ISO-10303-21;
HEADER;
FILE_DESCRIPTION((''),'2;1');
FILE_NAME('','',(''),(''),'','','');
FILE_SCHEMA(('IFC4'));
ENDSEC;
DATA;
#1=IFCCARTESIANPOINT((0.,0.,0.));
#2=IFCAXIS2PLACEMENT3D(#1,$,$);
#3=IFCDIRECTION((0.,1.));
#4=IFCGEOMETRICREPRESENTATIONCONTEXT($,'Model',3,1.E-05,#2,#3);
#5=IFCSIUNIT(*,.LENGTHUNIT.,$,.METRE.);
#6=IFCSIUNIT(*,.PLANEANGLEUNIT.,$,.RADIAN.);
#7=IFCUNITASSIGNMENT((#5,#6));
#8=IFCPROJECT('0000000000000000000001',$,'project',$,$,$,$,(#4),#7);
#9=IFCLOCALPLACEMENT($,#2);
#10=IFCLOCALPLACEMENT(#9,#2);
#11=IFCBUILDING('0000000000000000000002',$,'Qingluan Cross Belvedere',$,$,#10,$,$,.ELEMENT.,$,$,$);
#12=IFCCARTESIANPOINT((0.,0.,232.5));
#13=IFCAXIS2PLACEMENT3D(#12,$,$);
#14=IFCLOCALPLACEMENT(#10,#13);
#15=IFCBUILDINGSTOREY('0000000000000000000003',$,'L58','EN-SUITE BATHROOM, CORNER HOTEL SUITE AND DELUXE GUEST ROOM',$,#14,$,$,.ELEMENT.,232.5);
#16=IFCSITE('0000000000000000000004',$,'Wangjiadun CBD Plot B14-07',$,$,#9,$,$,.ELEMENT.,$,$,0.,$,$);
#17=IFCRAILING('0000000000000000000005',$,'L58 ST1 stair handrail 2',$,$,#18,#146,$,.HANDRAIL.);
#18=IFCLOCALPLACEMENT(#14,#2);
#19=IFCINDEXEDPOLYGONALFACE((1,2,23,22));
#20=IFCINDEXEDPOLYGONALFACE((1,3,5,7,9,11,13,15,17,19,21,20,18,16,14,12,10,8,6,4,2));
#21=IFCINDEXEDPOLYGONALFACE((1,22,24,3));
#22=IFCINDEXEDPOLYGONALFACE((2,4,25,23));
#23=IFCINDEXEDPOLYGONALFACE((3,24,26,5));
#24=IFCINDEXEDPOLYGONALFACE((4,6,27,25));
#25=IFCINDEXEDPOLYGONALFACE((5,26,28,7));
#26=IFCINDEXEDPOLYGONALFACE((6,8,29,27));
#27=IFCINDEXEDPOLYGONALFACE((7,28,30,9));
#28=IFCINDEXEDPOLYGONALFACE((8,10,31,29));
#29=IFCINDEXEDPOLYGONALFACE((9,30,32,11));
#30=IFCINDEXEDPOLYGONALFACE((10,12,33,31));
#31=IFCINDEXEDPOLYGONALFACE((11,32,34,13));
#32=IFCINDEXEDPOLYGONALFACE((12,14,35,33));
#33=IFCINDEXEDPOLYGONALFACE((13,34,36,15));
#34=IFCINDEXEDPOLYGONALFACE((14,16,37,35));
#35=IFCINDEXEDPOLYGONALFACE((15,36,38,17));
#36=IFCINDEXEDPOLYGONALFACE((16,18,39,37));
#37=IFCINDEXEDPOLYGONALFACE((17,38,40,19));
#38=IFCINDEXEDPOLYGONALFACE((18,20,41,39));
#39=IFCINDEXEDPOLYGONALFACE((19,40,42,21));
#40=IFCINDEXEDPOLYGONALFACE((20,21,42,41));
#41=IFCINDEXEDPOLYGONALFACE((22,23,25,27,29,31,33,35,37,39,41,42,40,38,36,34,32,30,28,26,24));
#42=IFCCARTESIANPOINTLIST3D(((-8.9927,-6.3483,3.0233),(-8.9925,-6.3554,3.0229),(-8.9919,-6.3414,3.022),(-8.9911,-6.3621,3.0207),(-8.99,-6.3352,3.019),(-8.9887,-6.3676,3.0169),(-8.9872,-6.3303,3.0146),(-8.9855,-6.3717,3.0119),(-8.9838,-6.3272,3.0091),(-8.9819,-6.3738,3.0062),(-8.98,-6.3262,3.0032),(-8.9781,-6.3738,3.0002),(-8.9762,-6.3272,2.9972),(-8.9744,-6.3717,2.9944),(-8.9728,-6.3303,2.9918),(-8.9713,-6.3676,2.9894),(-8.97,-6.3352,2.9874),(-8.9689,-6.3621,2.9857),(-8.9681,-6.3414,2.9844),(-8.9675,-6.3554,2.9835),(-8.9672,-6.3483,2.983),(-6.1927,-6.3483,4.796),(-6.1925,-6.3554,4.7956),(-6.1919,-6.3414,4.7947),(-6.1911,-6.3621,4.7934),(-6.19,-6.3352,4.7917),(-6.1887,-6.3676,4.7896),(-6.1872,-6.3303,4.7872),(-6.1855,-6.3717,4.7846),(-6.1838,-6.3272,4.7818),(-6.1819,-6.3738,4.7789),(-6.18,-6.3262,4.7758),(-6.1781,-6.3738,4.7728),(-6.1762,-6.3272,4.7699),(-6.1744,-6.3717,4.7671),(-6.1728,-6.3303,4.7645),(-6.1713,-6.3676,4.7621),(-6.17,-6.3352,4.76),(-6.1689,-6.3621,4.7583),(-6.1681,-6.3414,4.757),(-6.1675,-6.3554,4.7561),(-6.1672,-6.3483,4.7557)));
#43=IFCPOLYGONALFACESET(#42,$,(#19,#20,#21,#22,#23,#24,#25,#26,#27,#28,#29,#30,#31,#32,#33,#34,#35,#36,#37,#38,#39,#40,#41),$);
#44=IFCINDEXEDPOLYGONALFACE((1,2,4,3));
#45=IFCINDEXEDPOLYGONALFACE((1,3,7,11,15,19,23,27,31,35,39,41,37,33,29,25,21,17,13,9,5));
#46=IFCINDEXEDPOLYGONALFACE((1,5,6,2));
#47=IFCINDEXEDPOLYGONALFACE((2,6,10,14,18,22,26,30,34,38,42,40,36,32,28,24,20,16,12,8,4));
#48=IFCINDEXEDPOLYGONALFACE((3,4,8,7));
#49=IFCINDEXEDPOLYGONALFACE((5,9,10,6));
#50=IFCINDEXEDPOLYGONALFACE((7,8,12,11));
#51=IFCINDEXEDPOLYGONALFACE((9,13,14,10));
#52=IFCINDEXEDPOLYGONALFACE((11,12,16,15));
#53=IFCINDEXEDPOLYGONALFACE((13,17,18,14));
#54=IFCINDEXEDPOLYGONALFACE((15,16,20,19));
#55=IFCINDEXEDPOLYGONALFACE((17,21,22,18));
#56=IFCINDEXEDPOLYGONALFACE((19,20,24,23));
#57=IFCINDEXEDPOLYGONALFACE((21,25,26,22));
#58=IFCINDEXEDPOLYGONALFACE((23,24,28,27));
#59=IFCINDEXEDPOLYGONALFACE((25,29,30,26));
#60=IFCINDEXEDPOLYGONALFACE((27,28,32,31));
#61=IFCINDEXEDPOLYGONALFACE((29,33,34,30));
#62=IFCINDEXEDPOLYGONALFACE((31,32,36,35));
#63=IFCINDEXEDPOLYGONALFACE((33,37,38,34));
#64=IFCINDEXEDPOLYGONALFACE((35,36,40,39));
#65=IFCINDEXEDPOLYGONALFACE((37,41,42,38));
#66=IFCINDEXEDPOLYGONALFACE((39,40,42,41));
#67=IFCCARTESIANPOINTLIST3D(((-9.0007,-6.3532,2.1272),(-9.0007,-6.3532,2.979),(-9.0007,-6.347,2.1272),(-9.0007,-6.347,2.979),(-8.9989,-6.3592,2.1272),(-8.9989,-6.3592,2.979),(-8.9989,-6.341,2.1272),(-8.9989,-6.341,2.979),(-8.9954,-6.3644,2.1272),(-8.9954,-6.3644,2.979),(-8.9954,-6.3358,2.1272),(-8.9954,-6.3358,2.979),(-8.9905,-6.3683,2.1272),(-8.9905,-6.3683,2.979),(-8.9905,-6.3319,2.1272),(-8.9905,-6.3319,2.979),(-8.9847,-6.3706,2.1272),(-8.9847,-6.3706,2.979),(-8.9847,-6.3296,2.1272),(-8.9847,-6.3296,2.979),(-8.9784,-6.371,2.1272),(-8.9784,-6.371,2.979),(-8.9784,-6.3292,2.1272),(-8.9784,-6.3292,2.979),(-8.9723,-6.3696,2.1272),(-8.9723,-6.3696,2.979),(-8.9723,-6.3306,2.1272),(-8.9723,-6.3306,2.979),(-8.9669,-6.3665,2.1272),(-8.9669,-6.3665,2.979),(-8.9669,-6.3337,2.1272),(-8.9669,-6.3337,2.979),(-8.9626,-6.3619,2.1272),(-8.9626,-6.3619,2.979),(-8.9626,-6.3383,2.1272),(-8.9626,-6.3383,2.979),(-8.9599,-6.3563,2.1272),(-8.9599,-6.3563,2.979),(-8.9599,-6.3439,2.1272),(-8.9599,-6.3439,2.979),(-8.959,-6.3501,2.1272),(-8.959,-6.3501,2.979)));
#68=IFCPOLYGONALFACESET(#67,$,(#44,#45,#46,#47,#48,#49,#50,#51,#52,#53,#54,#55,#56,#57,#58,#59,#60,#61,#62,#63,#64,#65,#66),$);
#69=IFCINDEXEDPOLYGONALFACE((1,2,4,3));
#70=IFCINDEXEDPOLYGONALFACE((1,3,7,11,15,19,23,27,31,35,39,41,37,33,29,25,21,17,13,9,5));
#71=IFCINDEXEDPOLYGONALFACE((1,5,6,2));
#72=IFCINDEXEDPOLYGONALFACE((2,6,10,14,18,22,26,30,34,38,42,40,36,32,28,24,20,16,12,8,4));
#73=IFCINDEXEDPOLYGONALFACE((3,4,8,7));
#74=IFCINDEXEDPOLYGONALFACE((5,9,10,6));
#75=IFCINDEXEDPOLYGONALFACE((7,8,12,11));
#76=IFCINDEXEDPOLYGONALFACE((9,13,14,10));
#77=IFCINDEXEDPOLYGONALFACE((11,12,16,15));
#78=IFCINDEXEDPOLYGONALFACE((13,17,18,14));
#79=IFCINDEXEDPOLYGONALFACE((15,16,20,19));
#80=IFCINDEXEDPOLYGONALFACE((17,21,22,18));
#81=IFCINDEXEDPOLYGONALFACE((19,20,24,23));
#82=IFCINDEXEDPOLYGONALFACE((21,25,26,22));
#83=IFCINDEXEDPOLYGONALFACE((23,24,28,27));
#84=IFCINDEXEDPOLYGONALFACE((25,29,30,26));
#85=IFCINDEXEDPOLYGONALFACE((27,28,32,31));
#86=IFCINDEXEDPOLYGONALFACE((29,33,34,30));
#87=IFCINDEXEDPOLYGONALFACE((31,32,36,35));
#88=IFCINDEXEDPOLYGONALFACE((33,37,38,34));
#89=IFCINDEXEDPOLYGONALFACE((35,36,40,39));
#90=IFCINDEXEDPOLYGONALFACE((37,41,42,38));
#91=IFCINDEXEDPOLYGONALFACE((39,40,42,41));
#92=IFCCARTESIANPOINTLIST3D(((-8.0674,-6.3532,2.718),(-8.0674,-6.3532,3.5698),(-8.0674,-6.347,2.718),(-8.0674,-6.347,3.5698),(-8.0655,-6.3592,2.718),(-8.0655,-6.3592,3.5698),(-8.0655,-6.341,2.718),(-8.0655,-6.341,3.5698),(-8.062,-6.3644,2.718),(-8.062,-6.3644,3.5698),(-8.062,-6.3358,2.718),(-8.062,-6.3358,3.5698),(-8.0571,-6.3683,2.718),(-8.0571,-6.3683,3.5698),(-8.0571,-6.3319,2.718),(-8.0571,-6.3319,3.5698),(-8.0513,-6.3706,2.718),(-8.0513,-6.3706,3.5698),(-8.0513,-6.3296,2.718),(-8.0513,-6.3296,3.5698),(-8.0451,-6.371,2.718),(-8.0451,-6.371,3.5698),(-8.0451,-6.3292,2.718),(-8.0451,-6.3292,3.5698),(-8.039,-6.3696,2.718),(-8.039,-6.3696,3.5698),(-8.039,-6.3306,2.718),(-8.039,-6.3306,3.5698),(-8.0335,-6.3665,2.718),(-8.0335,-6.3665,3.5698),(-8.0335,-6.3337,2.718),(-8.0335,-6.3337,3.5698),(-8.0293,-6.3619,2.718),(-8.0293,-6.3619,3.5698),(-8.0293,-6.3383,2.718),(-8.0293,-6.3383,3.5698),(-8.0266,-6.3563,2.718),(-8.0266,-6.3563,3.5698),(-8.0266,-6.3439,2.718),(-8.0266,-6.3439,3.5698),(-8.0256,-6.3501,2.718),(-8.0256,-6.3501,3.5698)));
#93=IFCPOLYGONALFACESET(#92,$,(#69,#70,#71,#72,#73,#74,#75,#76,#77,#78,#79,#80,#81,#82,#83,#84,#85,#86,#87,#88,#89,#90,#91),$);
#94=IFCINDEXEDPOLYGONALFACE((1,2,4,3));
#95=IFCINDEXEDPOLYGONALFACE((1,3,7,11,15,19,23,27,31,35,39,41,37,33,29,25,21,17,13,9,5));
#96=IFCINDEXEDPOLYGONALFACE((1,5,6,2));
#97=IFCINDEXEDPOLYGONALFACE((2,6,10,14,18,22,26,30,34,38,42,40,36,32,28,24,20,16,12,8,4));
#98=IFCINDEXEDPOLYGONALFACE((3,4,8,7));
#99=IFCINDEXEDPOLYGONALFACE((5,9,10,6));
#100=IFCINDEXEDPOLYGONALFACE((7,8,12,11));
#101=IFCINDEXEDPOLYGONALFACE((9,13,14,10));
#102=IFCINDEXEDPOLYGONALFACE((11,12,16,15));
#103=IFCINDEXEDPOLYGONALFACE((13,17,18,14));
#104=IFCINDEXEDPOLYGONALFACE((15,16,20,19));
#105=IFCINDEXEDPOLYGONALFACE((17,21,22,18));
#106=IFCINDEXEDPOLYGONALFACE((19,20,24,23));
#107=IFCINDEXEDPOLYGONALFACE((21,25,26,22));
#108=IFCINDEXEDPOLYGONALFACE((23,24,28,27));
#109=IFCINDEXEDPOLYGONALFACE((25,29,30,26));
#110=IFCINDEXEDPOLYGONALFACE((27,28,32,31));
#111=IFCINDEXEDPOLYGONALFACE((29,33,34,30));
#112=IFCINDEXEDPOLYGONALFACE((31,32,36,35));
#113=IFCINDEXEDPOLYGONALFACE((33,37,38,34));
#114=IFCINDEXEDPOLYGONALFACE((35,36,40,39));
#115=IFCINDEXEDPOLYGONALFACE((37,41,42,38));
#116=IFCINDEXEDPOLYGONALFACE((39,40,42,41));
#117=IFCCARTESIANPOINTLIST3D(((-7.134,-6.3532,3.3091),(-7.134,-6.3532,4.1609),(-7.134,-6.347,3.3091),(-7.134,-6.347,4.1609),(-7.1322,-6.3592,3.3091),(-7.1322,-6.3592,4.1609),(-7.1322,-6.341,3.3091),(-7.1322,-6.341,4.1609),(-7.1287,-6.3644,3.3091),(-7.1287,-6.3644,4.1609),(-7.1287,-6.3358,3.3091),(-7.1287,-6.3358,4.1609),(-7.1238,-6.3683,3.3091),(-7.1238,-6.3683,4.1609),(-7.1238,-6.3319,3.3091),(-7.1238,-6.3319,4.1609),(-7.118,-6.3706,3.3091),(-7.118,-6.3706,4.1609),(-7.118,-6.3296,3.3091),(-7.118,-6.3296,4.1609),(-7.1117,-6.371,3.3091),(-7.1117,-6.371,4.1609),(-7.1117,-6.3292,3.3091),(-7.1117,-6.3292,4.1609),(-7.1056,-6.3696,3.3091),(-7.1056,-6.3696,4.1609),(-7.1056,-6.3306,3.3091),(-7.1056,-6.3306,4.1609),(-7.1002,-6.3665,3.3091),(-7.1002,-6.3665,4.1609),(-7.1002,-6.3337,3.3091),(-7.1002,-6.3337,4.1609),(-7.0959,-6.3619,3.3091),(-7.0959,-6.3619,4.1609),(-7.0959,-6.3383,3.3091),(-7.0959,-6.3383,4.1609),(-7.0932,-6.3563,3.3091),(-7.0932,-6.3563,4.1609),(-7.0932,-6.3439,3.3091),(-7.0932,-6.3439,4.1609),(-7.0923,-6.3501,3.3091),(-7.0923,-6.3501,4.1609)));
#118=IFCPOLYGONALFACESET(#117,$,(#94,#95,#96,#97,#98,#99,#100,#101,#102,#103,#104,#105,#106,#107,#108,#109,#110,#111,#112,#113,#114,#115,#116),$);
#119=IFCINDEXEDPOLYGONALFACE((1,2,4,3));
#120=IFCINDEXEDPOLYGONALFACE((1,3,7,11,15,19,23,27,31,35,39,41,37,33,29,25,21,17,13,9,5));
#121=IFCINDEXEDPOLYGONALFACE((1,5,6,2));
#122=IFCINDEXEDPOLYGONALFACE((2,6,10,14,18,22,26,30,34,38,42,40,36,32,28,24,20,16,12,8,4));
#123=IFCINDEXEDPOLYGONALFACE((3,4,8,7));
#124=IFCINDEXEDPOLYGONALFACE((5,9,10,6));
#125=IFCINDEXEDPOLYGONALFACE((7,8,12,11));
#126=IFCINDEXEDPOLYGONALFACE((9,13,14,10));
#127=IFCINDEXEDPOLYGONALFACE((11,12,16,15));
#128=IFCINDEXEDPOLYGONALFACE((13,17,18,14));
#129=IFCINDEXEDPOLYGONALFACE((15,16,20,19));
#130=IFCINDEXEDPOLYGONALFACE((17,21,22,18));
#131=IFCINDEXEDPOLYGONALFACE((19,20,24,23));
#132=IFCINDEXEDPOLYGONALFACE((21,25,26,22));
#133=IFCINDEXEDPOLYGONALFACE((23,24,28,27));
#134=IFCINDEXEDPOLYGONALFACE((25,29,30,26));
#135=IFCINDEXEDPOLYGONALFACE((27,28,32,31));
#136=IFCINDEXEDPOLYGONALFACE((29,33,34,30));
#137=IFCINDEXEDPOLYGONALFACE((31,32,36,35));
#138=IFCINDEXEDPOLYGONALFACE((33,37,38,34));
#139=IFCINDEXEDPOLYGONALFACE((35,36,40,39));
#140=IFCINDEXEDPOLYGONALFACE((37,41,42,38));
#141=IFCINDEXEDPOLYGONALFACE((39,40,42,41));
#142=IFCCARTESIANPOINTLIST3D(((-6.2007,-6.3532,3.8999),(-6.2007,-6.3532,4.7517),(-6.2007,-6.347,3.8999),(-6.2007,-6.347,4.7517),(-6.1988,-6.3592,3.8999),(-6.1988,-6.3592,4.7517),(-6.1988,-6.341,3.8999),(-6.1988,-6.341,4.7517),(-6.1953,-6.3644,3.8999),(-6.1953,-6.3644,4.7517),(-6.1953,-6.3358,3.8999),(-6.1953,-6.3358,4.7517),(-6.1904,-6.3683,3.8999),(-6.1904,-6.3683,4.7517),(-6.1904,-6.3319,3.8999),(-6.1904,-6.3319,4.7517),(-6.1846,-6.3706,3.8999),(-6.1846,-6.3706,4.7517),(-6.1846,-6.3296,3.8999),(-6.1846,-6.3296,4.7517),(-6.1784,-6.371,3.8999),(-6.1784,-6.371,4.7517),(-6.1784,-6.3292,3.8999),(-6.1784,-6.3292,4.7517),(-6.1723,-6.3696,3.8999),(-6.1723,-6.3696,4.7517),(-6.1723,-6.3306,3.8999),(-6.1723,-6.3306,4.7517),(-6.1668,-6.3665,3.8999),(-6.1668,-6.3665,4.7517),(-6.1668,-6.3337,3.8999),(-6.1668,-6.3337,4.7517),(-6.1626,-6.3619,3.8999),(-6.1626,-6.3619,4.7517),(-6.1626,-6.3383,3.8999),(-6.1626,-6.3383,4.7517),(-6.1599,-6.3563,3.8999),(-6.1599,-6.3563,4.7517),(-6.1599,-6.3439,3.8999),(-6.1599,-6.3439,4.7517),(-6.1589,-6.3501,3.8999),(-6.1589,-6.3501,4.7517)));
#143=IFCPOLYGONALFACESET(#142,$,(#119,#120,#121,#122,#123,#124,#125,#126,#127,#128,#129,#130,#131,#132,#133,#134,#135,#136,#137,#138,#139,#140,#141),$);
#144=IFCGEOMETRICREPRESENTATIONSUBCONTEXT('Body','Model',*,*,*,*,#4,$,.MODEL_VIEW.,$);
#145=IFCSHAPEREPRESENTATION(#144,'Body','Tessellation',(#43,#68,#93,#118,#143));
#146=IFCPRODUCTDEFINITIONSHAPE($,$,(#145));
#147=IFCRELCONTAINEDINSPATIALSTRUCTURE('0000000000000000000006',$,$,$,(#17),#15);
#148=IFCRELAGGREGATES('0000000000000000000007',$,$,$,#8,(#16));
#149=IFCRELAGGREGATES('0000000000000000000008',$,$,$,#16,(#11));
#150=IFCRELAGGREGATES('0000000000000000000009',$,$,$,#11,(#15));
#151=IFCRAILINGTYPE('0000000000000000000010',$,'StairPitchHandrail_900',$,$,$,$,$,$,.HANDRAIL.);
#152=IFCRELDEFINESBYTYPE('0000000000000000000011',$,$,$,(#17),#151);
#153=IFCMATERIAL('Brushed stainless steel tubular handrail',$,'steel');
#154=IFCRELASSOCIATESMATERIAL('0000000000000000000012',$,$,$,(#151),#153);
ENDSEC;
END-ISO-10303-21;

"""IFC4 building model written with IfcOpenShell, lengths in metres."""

from ifc_helpers import new_model, si_unit, direction, frame, origin, origin_2d, place, context, subcontext, project, spatial, circle, extrude, material, type_object, element, save


model = new_model("IFC4")

# Units and contexts
model_context = context("Model", 3, precision=1e-05, world=origin(), true_north=direction((0.0, 1.0)))
body_context = subcontext(model_context, "Body", "Model", "MODEL_VIEW")
ifc_project = project(units=[si_unit("LENGTHUNIT", "METRE"), si_unit("PLANEANGLEUNIT", "RADIAN")], contexts=[model_context])

# Site, building, storey
site_placement = place(None, origin())
site = spatial("IfcSite", under=ifc_project, at=site_placement, Name="Wangjiadun CBD Plot B14-07", CompositionType="ELEMENT", RefElevation=0.0)
building_placement = place(site_placement, origin())
building = spatial("IfcBuilding", under=site, at=building_placement, Name="Qingluan Cross Belvedere", CompositionType="ELEMENT")
storey_placement = place(building_placement, frame((0.0, 0.0, 232.5)))
storey = spatial("IfcBuildingStorey", under=building, at=storey_placement, Name="L58", Description="EN-SUITE BATHROOM, CORNER HOTEL SUITE AND DELUXE GUEST ROOM", CompositionType="ELEMENT", Elevation=232.5)

# Railing
ifc_material_1 = material(Name="Brushed stainless steel tubular handrail", Category="steel")
railing_type_1 = type_object("IfcRailingType", Name="StairPitchHandrail_900", PredefinedType="HANDRAIL", material=ifc_material_1)
railing_1_placement = place(storey_placement, frame((-8.98, -6.3501, 2.1272)))
element("IfcRailing", 1, at=railing_1_placement, inside=storey, type_object=railing_type_1, Name="L58 ST1 stair handrail 2", PredefinedType="HANDRAIL", context=body_context, shape_type="SweptSolid", body=[
    extrude(circle(Radius=0.0239, at=origin_2d()), frame((0.0, 0.0, 0.876), z_axis=(0.844909, 0.0, 0.53491), x_axis=(0.0, 1.0, 0.0)), (0.0, 0.0, 1.0), 3.314),
    extrude(circle(Radius=0.021, at=origin_2d()), origin(), (0.0, 0.0, 1.0), 0.8518),
    extrude(circle(Radius=0.021, at=origin_2d()), frame((0.9333, 0.0, 0.5908)), (0.0, 0.0, 1.0), 0.8518),
    extrude(circle(Radius=0.021, at=origin_2d()), frame((1.8667, 0.0, 1.1819)), (0.0, 0.0, 1.0), 0.8518),
    extrude(circle(Radius=0.021, at=origin_2d()), frame((2.8, 0.0, 1.7727)), (0.0, 0.0, 1.0), 0.8518),
])

save(model, "model.ifc")
